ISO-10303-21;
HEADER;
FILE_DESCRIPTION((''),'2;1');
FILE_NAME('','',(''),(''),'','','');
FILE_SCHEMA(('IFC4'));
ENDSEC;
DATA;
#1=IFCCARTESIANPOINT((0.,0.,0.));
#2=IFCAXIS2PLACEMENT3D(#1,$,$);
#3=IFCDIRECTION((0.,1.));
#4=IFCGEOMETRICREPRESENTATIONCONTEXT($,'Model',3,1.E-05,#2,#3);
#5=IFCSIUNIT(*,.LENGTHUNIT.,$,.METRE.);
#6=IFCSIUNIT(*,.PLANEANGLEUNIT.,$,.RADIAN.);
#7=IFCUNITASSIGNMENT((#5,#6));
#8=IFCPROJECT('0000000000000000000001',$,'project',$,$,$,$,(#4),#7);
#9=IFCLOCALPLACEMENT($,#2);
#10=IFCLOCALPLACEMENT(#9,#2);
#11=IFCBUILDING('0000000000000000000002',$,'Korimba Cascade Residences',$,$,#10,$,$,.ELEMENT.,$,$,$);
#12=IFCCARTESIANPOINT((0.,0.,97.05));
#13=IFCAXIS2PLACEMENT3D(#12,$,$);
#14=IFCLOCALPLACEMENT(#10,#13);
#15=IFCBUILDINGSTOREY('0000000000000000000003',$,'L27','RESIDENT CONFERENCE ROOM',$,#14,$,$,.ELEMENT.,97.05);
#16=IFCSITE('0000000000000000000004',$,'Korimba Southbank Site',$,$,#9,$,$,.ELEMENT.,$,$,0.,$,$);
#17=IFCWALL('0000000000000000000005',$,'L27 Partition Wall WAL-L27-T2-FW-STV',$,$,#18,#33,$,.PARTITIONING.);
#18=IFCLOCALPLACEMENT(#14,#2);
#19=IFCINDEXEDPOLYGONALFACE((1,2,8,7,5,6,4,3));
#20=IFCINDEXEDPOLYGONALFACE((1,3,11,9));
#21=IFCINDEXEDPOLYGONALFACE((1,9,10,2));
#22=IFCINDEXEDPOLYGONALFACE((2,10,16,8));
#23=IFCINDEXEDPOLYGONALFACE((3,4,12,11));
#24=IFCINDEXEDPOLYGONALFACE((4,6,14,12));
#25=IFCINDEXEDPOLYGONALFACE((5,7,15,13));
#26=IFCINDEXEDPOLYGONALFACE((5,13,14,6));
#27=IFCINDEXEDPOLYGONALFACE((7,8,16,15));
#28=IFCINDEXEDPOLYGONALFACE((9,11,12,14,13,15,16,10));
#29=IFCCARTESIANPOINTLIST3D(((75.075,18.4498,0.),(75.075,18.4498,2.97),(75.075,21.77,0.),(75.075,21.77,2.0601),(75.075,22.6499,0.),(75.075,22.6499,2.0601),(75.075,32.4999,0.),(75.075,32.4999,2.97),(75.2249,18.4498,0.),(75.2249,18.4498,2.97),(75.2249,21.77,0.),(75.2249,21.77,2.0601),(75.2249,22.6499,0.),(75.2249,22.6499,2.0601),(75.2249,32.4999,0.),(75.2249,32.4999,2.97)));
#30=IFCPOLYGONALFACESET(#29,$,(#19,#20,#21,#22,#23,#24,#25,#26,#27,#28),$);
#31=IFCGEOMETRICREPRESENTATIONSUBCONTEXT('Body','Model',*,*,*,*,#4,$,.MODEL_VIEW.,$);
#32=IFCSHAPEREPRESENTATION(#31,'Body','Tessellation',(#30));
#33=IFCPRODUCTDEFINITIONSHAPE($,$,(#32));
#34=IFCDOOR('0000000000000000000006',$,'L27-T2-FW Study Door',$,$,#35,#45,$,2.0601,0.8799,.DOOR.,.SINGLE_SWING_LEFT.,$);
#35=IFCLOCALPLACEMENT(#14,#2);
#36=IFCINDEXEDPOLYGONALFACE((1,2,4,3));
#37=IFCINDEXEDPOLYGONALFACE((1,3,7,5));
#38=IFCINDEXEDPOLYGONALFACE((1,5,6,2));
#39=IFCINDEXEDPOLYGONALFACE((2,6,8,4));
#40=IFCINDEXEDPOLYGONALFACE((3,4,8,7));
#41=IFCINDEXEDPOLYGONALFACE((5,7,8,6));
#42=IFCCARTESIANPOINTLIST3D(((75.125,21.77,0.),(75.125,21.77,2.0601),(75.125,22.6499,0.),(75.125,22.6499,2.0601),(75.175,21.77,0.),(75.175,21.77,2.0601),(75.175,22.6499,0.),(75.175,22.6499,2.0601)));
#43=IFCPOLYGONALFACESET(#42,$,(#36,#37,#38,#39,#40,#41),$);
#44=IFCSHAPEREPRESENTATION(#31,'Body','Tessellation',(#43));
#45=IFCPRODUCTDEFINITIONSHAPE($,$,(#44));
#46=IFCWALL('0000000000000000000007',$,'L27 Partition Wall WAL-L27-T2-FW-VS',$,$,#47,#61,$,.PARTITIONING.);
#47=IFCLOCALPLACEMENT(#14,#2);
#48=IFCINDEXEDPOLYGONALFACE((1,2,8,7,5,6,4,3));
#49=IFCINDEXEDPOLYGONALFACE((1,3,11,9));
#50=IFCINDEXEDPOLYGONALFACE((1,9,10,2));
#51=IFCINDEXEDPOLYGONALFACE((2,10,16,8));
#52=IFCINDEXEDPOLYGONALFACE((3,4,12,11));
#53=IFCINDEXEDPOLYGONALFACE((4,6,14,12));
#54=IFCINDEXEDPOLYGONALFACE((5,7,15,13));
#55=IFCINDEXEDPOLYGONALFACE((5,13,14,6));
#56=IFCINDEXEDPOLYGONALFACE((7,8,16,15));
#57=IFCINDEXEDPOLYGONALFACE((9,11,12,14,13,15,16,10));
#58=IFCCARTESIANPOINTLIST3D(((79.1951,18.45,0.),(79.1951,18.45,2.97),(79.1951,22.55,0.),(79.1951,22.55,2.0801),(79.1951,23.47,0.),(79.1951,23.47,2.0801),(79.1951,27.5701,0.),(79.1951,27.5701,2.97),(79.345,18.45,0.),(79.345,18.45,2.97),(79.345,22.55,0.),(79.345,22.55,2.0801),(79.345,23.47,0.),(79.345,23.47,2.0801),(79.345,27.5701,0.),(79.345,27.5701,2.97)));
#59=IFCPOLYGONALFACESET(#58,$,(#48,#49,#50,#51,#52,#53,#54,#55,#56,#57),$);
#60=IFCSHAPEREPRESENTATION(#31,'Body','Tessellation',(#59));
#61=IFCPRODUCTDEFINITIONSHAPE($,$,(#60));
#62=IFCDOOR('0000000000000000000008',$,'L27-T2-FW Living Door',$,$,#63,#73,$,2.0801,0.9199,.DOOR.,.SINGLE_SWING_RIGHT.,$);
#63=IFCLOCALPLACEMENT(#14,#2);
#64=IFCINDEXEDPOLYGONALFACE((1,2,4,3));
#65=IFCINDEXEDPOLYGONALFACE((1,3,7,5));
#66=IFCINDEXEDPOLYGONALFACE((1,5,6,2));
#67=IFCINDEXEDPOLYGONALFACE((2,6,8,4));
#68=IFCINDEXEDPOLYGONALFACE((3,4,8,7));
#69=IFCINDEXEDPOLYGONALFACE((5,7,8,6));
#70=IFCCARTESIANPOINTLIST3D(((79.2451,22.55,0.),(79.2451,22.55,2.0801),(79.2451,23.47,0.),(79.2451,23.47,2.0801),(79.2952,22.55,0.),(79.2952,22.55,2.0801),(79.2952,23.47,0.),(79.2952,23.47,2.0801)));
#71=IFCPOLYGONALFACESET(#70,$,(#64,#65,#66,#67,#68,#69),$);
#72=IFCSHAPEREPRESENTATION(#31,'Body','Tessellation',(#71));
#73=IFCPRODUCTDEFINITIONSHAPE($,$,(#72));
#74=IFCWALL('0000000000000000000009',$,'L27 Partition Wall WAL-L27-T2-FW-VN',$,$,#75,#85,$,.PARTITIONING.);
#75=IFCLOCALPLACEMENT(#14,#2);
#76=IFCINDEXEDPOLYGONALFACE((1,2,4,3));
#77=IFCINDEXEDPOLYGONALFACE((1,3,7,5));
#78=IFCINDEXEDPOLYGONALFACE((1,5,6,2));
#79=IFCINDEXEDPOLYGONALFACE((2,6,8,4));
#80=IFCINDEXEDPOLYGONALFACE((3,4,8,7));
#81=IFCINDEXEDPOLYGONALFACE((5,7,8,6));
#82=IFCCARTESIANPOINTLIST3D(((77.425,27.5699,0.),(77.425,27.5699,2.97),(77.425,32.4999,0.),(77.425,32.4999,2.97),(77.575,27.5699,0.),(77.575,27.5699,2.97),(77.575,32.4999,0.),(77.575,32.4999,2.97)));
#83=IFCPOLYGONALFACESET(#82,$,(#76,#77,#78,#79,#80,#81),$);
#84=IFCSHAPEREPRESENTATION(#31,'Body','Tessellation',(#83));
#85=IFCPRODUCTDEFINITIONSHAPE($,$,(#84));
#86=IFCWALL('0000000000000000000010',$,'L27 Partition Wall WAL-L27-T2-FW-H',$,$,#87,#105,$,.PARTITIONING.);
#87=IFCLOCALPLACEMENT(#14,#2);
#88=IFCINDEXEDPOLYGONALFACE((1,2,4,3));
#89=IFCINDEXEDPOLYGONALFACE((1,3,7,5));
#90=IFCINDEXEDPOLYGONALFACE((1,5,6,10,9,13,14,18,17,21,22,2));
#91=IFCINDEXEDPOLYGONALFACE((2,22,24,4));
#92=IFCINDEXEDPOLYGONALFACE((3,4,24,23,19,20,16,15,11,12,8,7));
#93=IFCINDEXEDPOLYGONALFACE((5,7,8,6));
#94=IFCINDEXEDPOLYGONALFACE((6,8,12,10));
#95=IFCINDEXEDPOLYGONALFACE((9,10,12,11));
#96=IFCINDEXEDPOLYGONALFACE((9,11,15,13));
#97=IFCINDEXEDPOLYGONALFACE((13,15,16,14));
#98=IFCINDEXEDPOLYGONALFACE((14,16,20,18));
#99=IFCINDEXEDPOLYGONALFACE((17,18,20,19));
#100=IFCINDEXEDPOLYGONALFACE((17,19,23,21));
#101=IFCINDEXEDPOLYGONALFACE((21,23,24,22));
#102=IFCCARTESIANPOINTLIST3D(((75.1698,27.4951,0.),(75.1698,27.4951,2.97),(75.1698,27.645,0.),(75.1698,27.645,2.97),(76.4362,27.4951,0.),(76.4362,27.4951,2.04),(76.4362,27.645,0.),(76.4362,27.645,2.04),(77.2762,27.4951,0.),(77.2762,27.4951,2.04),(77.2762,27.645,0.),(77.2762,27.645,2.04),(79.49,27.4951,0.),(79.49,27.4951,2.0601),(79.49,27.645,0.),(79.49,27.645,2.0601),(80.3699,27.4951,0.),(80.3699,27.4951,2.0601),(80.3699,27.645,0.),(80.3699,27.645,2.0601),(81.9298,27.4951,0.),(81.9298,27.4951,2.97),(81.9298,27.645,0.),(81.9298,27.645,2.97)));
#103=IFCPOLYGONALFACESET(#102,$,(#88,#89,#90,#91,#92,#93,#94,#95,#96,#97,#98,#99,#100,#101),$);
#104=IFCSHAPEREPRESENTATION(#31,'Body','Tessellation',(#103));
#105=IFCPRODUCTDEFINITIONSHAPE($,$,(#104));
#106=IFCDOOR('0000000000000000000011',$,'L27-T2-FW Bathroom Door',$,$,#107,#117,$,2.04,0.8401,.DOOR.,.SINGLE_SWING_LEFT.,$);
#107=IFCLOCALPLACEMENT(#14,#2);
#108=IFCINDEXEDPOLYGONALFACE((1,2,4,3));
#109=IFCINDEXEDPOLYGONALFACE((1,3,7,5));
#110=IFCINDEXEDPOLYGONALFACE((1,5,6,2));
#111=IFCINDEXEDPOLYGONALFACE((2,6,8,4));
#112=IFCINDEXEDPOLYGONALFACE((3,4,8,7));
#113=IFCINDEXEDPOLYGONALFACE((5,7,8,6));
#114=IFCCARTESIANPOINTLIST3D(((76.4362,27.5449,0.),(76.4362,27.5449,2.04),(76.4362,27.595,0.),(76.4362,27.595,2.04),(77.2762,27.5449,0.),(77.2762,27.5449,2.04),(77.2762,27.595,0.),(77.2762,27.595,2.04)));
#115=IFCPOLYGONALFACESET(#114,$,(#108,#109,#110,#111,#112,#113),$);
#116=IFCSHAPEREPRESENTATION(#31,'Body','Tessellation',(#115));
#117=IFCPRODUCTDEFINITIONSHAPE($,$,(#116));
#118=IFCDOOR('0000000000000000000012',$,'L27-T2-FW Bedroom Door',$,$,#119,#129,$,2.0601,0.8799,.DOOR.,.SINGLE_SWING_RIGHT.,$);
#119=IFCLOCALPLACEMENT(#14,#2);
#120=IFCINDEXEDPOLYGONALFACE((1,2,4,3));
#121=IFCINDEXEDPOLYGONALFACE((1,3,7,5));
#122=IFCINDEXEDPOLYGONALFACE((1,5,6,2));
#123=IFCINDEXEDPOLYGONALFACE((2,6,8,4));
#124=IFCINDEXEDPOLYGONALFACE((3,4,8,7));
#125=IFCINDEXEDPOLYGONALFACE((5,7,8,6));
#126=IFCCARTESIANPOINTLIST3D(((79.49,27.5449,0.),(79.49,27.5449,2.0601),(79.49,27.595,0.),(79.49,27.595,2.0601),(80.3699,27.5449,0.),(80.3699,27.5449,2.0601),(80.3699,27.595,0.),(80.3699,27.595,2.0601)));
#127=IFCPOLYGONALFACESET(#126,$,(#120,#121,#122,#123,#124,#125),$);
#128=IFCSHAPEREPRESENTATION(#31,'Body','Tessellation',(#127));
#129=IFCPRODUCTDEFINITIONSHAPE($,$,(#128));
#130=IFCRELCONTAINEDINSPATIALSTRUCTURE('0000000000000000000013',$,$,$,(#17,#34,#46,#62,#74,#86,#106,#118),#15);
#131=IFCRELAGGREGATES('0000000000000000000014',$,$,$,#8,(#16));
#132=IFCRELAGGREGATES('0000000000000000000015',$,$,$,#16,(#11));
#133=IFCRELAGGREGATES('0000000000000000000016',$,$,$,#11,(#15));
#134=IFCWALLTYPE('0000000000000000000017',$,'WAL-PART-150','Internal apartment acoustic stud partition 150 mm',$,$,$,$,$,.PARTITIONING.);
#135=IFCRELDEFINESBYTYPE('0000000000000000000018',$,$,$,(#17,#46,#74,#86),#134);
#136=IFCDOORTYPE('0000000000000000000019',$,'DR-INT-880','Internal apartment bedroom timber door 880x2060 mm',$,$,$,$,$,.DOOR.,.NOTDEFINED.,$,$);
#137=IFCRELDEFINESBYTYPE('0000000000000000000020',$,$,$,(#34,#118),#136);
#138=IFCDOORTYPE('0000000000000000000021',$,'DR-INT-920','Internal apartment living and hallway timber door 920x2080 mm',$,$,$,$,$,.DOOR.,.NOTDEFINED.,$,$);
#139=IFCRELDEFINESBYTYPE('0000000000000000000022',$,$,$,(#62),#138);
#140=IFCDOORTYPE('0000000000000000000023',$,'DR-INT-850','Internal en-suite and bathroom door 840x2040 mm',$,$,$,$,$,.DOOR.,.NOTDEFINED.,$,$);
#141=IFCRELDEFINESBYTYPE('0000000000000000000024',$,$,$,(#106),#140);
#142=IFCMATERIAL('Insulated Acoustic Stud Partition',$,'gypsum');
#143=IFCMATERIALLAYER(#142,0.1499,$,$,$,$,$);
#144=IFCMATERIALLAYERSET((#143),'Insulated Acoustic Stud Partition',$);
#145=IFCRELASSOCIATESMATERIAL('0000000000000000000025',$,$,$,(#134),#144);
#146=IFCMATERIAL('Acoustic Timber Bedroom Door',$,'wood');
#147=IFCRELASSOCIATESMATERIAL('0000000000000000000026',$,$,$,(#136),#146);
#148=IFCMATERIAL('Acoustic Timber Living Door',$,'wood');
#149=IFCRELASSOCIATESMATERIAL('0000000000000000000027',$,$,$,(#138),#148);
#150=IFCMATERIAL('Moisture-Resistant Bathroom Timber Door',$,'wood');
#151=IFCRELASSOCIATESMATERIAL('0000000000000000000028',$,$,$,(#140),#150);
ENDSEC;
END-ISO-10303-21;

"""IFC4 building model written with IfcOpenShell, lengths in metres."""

from ifc_helpers import new_model, si_unit, direction, frame, frame_2d, origin, place, context, subcontext, project, spatial, rectangle, extrude, material, layer, layer_set, type_object, element, fill, save


model = new_model("IFC4")

# Units and contexts
model_context = context("Model", 3, precision=1e-05, world=origin(), true_north=direction((0.0, 1.0)))
body_context = subcontext(model_context, "Body", "Model", "MODEL_VIEW")
ifc_project = project(units=[si_unit("LENGTHUNIT", "METRE"), si_unit("PLANEANGLEUNIT", "RADIAN")], contexts=[model_context])

# Site, building, storey
site_placement = place(None, origin())
site = spatial("IfcSite", under=ifc_project, at=site_placement, Name="Korimba Southbank Site", CompositionType="ELEMENT", RefElevation=0.0)
building_placement = place(site_placement, origin())
building = spatial("IfcBuilding", under=site, at=building_placement, Name="Korimba Cascade Residences", CompositionType="ELEMENT")
storey_placement = place(building_placement, frame((0.0, 0.0, 97.05)))
storey = spatial("IfcBuildingStorey", under=building, at=storey_placement, Name="L27", Description="RESIDENT CONFERENCE ROOM", CompositionType="ELEMENT", Elevation=97.05)

# Walls, openings, doors
ifc_material_1 = material(Name="Insulated Acoustic Stud Partition", Category="gypsum")
ifc_layer_1 = layer(ifc_material_1, 0.1499)
ifc_layer_set_1 = layer_set([ifc_layer_1], Name="Insulated Acoustic Stud Partition")
wall_type_1 = type_object("IfcWallType", Name="WAL-PART-150", Description="Internal apartment acoustic stud partition 150 mm", PredefinedType="PARTITIONING", material=ifc_layer_set_1)
wall_1_placement = place(storey_placement, frame((75.1499, 18.45, 0.0), z_axis=(0.0, 0.0, 1.0), x_axis=(0.0, 1.0, 0.0)))
wall_1 = element("IfcWall", 1, at=wall_1_placement, inside=storey, type_object=wall_type_1, Name="L27 Partition Wall WAL-L27-T2-FW-STV", PredefinedType="PARTITIONING", context=body_context, shape_type="SweptSolid", body=[
    extrude(rectangle(XDim=14.05, YDim=0.1499, at=frame_2d((7.0249, 0.0))), origin(), (0.0, 0.0, 1.0), 2.97),
])
opening_1_placement = place(wall_1_placement, frame((3.3201, 0.0, 0.0)))
opening_1 = element("IfcOpeningElement", 2, at=opening_1_placement, cuts=wall_1, PredefinedType="OPENING", context=body_context, shape_type="SweptSolid", body=[
    extrude(rectangle(XDim=0.8799, YDim=2.0601, at=frame_2d((0.4399, 1.03))), frame((0.0, 0.085, 0.0), z_axis=(0.0, -1.0, 0.0), x_axis=(1.0, 0.0, 0.0)), (0.0, 0.0, 1.0), 0.1699),
])
ifc_material_2 = material(Name="Acoustic Timber Bedroom Door", Category="wood")
door_type_1 = type_object("IfcDoorType", Name="DR-INT-880", Description="Internal apartment bedroom timber door 880x2060 mm", OperationType="NOTDEFINED", PredefinedType="DOOR", material=ifc_material_2)
door_1_placement = place(opening_1_placement, origin())
door_1 = element("IfcDoor", 3, at=door_1_placement, inside=storey, type_object=door_type_1, Name="L27-T2-FW Study Door", OperationType="SINGLE_SWING_LEFT", OverallHeight=2.0601, OverallWidth=0.8799, PredefinedType="DOOR", context=body_context, shape_type="SweptSolid", body=[
    extrude(rectangle(XDim=0.8799, YDim=2.0601, at=frame_2d((0.4399, 1.03))), frame((0.0, 0.0249, 0.0), z_axis=(0.0, -1.0, 0.0), x_axis=(1.0, 0.0, 0.0)), (0.0, 0.0, 1.0), 0.05),
])
fill(opening_1, door_1)
wall_2_placement = place(storey_placement, frame((79.27, 18.45, 0.0), z_axis=(0.0, 0.0, 1.0), x_axis=(0.0, 1.0, 0.0)))
wall_2 = element("IfcWall", 4, at=wall_2_placement, inside=storey, type_object=wall_type_1, Name="L27 Partition Wall WAL-L27-T2-FW-VS", PredefinedType="PARTITIONING", context=body_context, shape_type="SweptSolid", body=[
    extrude(rectangle(XDim=9.1201, YDim=0.1499, at=frame_2d((4.5601, 0.0))), origin(), (0.0, 0.0, 1.0), 2.97),
])
opening_2_placement = place(wall_2_placement, frame((4.1001, 0.0, 0.0)))
opening_2 = element("IfcOpeningElement", 5, at=opening_2_placement, cuts=wall_2, PredefinedType="OPENING", context=body_context, shape_type="SweptSolid", body=[
    extrude(rectangle(XDim=0.9199, YDim=2.0801, at=frame_2d((0.46, 1.04))), frame((0.0, 0.085, 0.0), z_axis=(0.0, -1.0, 0.0), x_axis=(1.0, 0.0, 0.0)), (0.0, 0.0, 1.0), 0.1699),
])
ifc_material_3 = material(Name="Acoustic Timber Living Door", Category="wood")
door_type_2 = type_object("IfcDoorType", Name="DR-INT-920", Description="Internal apartment living and hallway timber door 920x2080 mm", OperationType="NOTDEFINED", PredefinedType="DOOR", material=ifc_material_3)
door_2_placement = place(opening_2_placement, origin())
door_2 = element("IfcDoor", 6, at=door_2_placement, inside=storey, type_object=door_type_2, Name="L27-T2-FW Living Door", OperationType="SINGLE_SWING_RIGHT", OverallHeight=2.0801, OverallWidth=0.9199, PredefinedType="DOOR", context=body_context, shape_type="SweptSolid", body=[
    extrude(rectangle(XDim=0.9199, YDim=2.0801, at=frame_2d((0.46, 1.04))), frame((0.0, 0.0249, 0.0), z_axis=(0.0, -1.0, 0.0), x_axis=(1.0, 0.0, 0.0)), (0.0, 0.0, 1.0), 0.05),
])
fill(opening_2, door_2)

# Wall
wall_3_placement = place(storey_placement, frame((77.5, 27.5701, 0.0), z_axis=(0.0, 0.0, 1.0), x_axis=(0.0, 1.0, 0.0)))
element("IfcWall", 7, at=wall_3_placement, inside=storey, type_object=wall_type_1, Name="L27 Partition Wall WAL-L27-T2-FW-VN", PredefinedType="PARTITIONING", context=body_context, shape_type="SweptSolid", body=[
    extrude(rectangle(XDim=4.9299, YDim=0.1499, at=frame_2d((2.4648, 0.0))), origin(), (0.0, 0.0, 1.0), 2.97),
])

# Wall, openings, doors
wall_4_placement = place(storey_placement, frame((75.1699, 27.5701, 0.0), z_axis=(0.0, 0.0, 1.0), x_axis=(1.0, 0.0, 0.0)))
wall_4 = element("IfcWall", 8, at=wall_4_placement, inside=storey, type_object=wall_type_1, Name="L27 Partition Wall WAL-L27-T2-FW-H", PredefinedType="PARTITIONING", context=body_context, shape_type="SweptSolid", body=[
    extrude(rectangle(XDim=6.76, YDim=0.1499, at=frame_2d((3.3799, 0.0))), origin(), (0.0, 0.0, 1.0), 2.97),
])
opening_3_placement = place(wall_4_placement, frame((1.2664, 0.0, 0.0)))
opening_3 = element("IfcOpeningElement", 9, at=opening_3_placement, cuts=wall_4, PredefinedType="OPENING", context=body_context, shape_type="SweptSolid", body=[
    extrude(rectangle(XDim=0.8401, YDim=2.04, at=frame_2d((0.4199, 1.02))), frame((0.0, 0.085, 0.0), z_axis=(0.0, -1.0, 0.0), x_axis=(1.0, 0.0, 0.0)), (0.0, 0.0, 1.0), 0.1699),
])
opening_4_placement = place(wall_4_placement, frame((4.3201, 0.0, 0.0)))
opening_4 = element("IfcOpeningElement", 10, at=opening_4_placement, cuts=wall_4, PredefinedType="OPENING", context=body_context, shape_type="SweptSolid", body=[
    extrude(rectangle(XDim=0.8799, YDim=2.0601, at=frame_2d((0.4399, 1.03))), frame((0.0, 0.085, 0.0), z_axis=(0.0, -1.0, 0.0), x_axis=(1.0, 0.0, 0.0)), (0.0, 0.0, 1.0), 0.1699),
])
ifc_material_4 = material(Name="Moisture-Resistant Bathroom Timber Door", Category="wood")
door_type_3 = type_object("IfcDoorType", Name="DR-INT-850", Description="Internal en-suite and bathroom door 840x2040 mm", OperationType="NOTDEFINED", PredefinedType="DOOR", material=ifc_material_4)
door_3_placement = place(opening_3_placement, origin())
door_3 = element("IfcDoor", 11, at=door_3_placement, inside=storey, type_object=door_type_3, Name="L27-T2-FW Bathroom Door", OperationType="SINGLE_SWING_LEFT", OverallHeight=2.04, OverallWidth=0.8401, PredefinedType="DOOR", context=body_context, shape_type="SweptSolid", body=[
    extrude(rectangle(XDim=0.8401, YDim=2.04, at=frame_2d((0.4199, 1.02))), frame((0.0, 0.0249, 0.0), z_axis=(0.0, -1.0, 0.0), x_axis=(1.0, 0.0, 0.0)), (0.0, 0.0, 1.0), 0.05),
])
fill(opening_3, door_3)
door_4_placement = place(opening_4_placement, origin())
door_4 = element("IfcDoor", 12, at=door_4_placement, inside=storey, type_object=door_type_1, Name="L27-T2-FW Bedroom Door", OperationType="SINGLE_SWING_RIGHT", OverallHeight=2.0601, OverallWidth=0.8799, PredefinedType="DOOR", context=body_context, shape_type="SweptSolid", body=[
    extrude(rectangle(XDim=0.8799, YDim=2.0601, at=frame_2d((0.4399, 1.03))), frame((0.0, 0.0249, 0.0), z_axis=(0.0, -1.0, 0.0), x_axis=(1.0, 0.0, 0.0)), (0.0, 0.0, 1.0), 0.05),
])
fill(opening_4, door_4)

save(model, "model.ifc")
